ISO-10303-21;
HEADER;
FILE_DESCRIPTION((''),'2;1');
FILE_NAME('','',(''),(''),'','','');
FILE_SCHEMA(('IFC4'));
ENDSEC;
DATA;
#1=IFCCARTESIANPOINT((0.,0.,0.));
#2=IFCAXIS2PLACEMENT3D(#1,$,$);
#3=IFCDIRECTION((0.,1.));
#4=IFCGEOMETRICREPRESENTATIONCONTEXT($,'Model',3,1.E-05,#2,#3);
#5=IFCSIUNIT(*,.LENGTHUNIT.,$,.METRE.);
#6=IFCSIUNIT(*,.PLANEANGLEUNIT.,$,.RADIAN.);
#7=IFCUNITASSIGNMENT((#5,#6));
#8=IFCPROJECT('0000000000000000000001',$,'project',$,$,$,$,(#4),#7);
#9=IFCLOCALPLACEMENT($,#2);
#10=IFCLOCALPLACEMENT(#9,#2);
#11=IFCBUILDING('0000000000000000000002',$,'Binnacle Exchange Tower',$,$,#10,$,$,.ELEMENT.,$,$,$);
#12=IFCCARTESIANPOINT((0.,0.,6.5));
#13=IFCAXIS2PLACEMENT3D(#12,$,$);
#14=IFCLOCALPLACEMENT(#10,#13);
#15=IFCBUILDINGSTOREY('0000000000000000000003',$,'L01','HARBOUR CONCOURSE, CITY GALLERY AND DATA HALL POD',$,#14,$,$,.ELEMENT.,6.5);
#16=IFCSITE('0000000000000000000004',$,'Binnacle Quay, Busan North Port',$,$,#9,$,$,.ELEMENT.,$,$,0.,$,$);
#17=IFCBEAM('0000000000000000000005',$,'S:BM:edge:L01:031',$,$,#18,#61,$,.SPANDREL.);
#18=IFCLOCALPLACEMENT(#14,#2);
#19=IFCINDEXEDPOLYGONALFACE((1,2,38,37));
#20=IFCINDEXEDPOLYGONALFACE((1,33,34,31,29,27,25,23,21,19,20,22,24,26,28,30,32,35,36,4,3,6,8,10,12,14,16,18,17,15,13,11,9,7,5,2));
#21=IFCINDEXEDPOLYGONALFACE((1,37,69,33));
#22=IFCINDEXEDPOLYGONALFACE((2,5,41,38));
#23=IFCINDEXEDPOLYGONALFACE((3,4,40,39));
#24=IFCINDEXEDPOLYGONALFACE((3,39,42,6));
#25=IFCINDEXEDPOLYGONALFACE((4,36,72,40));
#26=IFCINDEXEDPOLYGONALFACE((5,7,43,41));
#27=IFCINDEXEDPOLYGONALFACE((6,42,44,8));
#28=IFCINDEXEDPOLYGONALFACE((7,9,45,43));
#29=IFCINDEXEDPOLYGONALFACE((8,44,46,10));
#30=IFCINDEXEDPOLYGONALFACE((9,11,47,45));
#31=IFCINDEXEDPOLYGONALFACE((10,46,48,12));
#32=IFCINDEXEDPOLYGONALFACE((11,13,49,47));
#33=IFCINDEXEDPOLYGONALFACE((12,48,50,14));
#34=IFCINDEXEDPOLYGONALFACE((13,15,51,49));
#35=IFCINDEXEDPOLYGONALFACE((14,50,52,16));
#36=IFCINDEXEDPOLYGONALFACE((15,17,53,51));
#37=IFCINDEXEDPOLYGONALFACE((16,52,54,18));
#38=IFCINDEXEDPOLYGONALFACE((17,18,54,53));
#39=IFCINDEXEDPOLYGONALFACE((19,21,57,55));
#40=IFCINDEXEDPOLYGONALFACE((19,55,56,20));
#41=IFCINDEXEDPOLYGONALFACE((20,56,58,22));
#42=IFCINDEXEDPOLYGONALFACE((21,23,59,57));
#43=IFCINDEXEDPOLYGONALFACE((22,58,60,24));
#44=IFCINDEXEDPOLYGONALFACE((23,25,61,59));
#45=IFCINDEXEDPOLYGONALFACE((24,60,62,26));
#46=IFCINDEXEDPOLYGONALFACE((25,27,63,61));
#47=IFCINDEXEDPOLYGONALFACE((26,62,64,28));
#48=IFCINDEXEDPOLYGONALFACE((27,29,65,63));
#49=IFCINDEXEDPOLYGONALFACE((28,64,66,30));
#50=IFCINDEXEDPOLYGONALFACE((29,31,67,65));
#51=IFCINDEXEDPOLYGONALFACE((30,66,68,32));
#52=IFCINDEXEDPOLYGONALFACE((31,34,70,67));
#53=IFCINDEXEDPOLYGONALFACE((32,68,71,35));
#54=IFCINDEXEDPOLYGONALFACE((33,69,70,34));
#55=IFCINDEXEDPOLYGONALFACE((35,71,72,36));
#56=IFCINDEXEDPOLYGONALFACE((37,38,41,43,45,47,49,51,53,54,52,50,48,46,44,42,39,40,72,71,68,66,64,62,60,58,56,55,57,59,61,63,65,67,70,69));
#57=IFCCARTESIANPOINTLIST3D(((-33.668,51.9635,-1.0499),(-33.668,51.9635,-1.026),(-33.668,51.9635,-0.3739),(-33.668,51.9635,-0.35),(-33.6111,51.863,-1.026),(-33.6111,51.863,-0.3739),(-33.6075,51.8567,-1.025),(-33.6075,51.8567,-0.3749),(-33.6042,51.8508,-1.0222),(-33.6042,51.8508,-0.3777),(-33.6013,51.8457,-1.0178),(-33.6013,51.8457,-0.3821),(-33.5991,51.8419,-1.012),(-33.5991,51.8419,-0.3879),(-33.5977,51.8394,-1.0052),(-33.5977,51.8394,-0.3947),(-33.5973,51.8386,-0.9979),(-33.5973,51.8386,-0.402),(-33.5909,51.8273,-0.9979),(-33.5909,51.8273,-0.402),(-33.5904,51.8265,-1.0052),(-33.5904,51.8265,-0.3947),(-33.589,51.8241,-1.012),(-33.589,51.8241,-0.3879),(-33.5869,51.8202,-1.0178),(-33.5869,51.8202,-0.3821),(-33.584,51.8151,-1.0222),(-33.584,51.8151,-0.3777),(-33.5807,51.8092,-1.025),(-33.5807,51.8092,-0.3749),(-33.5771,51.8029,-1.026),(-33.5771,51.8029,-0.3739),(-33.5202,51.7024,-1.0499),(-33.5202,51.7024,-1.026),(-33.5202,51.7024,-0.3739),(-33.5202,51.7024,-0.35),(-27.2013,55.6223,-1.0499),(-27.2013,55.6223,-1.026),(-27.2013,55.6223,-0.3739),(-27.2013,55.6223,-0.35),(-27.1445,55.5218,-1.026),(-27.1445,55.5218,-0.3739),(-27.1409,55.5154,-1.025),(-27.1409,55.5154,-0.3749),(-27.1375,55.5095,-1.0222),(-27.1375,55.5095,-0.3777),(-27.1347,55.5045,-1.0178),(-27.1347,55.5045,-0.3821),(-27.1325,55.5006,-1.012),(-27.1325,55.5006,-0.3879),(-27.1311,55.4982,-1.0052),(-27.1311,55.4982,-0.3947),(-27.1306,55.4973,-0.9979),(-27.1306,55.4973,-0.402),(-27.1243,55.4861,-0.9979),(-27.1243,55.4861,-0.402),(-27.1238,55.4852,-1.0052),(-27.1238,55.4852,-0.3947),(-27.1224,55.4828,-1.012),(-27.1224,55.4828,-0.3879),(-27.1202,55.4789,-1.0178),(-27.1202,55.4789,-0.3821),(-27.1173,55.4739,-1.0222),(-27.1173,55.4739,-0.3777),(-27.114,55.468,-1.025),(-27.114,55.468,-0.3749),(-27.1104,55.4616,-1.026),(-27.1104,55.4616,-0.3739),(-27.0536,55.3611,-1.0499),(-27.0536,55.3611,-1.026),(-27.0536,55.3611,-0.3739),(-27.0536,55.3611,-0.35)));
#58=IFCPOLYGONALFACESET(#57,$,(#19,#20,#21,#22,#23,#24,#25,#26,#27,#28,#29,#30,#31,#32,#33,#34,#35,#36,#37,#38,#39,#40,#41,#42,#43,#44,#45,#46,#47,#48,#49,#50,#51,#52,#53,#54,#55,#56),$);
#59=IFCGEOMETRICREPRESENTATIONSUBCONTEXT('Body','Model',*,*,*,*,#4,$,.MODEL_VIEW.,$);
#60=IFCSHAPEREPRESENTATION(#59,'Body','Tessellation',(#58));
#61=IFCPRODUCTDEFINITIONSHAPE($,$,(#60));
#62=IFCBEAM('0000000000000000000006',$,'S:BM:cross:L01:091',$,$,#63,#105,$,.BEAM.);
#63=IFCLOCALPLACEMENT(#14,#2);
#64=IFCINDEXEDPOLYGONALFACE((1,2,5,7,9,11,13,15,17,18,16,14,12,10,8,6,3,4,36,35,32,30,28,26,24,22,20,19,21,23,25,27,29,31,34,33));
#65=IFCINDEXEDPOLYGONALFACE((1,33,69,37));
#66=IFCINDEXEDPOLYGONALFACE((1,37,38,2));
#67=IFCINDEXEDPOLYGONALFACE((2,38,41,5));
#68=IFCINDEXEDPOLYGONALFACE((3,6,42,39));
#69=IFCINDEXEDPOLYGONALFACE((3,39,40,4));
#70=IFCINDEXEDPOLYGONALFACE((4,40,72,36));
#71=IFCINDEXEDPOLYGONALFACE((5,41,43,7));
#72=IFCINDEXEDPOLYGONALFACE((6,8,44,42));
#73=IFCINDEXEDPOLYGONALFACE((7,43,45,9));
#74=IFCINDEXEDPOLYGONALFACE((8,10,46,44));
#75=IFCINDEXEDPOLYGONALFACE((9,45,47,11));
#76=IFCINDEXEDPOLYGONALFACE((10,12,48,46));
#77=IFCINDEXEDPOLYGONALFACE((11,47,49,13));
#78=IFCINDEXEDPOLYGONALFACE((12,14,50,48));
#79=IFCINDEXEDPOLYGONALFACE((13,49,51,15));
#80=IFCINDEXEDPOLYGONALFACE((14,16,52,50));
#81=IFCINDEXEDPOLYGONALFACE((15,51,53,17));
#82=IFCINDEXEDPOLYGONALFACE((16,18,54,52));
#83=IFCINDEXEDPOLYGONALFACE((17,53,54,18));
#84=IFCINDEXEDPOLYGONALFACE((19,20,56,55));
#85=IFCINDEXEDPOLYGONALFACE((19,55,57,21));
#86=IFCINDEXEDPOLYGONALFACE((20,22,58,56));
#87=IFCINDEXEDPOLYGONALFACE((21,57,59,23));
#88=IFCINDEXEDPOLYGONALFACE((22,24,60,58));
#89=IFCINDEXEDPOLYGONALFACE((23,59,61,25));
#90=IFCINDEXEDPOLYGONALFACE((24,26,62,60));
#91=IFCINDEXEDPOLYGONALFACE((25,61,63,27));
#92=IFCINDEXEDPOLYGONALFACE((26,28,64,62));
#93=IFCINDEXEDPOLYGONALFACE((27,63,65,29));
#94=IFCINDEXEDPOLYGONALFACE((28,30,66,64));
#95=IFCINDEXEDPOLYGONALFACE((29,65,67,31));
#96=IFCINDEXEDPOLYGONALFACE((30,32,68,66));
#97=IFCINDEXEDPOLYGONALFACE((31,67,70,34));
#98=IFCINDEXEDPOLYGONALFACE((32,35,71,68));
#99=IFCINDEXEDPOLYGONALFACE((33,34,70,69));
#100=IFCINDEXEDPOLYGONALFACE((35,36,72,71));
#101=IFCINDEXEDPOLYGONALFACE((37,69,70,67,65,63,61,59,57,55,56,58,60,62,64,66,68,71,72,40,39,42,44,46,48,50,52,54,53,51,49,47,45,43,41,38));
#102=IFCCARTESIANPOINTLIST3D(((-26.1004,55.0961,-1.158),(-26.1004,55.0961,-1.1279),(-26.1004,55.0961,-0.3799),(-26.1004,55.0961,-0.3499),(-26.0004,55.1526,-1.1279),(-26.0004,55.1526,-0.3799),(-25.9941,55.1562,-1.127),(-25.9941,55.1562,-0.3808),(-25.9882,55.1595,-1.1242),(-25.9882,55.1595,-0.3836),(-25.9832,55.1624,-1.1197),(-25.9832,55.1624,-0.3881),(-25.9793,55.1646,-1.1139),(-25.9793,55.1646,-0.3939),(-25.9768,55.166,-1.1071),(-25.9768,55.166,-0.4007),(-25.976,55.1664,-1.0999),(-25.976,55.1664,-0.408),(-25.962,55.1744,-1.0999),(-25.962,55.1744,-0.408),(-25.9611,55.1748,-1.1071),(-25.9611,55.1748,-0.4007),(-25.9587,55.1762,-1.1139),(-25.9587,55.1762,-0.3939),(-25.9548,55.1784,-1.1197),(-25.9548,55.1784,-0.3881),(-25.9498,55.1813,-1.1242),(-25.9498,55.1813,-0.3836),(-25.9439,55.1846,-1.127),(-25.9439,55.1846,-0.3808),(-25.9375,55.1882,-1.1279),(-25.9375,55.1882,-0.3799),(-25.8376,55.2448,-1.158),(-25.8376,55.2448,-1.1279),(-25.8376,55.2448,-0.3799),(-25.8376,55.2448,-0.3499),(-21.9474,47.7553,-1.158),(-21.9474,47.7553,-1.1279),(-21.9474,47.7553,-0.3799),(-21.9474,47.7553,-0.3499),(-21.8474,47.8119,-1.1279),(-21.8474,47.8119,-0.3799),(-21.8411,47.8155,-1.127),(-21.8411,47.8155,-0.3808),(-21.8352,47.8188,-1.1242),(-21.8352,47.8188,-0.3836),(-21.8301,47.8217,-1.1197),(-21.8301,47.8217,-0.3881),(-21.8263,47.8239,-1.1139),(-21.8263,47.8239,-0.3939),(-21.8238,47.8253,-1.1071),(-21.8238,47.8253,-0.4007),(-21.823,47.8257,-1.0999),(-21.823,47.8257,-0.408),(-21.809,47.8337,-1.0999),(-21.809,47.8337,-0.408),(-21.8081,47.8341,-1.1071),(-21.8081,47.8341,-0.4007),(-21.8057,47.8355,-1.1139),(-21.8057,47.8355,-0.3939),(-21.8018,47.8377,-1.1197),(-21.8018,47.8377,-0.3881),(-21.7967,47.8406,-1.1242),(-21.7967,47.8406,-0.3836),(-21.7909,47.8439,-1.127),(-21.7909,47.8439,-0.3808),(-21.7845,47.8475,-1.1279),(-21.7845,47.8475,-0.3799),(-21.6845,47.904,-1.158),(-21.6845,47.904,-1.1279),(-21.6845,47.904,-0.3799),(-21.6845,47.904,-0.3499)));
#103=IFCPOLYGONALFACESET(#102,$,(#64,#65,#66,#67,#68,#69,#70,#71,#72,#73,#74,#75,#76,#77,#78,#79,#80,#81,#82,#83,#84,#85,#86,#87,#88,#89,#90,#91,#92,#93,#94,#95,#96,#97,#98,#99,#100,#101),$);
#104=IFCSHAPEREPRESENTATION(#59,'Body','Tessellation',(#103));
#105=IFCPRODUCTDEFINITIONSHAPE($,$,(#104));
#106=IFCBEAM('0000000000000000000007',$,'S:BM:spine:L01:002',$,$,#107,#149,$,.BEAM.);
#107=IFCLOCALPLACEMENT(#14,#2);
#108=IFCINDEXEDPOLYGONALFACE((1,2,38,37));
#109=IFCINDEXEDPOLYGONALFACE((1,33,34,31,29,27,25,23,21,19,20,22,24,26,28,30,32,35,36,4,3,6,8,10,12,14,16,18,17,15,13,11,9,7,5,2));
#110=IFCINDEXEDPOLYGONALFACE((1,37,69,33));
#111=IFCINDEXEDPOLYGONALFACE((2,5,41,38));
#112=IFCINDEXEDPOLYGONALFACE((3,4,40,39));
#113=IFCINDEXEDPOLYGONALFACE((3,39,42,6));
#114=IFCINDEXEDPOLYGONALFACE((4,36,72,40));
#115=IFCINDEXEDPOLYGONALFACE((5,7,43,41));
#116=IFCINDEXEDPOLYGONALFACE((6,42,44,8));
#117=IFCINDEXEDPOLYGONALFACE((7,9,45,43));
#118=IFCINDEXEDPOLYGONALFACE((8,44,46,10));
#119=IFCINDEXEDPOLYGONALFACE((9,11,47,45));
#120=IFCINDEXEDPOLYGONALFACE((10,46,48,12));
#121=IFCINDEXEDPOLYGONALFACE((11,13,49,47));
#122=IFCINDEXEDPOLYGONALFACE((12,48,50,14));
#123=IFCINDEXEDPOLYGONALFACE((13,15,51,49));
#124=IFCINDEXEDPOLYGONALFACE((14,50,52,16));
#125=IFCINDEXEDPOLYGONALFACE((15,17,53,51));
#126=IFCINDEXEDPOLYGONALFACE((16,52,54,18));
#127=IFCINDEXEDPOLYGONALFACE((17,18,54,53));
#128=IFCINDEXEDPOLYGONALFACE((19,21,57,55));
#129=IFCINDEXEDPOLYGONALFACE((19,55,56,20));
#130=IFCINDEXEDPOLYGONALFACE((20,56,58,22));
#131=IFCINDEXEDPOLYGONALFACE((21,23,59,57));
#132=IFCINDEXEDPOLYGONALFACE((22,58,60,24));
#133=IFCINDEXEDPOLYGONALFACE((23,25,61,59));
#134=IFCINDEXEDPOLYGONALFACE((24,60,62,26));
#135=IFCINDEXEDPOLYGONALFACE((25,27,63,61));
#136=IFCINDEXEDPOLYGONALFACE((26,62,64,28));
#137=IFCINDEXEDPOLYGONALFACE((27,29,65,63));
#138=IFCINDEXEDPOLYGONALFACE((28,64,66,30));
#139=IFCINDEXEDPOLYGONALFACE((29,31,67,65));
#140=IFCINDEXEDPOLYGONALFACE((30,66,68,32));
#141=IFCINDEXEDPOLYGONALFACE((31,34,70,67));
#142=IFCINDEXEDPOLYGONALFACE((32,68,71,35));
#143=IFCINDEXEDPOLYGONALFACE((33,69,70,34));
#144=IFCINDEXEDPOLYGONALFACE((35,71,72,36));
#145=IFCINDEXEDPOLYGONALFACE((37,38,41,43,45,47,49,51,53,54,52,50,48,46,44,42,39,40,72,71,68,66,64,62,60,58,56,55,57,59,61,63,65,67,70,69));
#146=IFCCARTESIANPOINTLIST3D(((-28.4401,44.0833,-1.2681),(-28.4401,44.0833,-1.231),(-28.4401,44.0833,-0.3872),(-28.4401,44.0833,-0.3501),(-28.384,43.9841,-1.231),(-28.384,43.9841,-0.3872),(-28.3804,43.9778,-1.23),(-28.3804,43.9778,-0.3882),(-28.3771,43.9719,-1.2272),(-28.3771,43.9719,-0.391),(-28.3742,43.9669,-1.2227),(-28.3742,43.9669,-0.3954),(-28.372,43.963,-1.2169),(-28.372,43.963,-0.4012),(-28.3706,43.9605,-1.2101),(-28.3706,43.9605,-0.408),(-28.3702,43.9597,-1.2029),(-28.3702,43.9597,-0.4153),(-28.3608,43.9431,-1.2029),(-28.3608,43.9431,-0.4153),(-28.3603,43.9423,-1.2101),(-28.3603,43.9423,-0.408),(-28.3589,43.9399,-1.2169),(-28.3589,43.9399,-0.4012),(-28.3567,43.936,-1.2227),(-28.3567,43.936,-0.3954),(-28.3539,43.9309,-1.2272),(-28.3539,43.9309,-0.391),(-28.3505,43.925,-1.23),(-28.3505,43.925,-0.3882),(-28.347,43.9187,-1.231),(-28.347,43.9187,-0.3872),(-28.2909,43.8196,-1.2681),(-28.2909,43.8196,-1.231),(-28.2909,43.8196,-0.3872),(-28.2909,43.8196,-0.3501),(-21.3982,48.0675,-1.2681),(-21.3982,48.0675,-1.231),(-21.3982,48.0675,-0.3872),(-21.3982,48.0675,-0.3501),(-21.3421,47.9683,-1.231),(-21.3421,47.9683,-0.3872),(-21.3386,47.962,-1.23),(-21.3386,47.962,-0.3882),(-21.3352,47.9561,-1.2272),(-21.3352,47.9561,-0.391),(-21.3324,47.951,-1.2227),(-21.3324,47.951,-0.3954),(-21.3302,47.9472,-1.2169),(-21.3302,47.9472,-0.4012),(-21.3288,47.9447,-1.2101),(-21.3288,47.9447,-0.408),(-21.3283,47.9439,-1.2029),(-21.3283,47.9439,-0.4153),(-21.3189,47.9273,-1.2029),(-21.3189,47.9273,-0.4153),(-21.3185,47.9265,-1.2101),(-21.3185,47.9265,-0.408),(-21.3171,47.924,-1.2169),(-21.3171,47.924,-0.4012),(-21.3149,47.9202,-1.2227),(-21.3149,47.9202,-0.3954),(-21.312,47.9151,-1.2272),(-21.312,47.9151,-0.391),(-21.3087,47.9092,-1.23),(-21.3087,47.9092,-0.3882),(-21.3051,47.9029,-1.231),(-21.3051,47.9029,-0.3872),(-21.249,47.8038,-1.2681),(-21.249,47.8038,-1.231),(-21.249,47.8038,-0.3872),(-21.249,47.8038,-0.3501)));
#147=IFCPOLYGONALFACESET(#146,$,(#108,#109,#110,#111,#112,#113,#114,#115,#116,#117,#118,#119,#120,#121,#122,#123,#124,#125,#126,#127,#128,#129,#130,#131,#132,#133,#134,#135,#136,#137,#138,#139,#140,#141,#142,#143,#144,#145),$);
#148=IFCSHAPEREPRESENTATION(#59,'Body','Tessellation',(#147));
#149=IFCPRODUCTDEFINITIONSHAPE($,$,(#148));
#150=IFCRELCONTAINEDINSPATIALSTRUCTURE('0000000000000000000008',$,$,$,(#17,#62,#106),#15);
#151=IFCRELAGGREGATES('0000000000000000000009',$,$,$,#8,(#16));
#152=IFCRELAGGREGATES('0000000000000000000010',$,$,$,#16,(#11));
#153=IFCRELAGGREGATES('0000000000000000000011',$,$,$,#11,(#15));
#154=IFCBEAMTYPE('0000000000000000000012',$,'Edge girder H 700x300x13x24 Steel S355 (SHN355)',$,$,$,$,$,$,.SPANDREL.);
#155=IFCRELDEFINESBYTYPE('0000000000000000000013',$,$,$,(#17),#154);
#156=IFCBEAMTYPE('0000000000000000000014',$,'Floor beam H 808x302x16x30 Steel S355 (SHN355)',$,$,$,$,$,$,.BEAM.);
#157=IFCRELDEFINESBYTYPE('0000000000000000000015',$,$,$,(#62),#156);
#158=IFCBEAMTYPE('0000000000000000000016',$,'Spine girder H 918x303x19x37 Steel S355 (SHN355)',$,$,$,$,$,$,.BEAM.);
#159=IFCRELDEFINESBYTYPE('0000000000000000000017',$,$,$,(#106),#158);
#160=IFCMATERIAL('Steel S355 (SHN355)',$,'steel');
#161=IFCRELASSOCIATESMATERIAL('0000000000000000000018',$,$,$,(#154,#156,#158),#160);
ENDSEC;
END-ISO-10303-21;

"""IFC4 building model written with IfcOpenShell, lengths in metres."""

from ifc_helpers import new_model, si_unit, direction, frame, origin, origin_2d, place, context, subcontext, project, spatial, i_section, extrude, material, material_profile, profile_set, type_object, element, save


model = new_model("IFC4")

# Units and contexts
model_context = context("Model", 3, precision=1e-05, world=origin(), true_north=direction((0.0, 1.0)))
body_context = subcontext(model_context, "Body", "Model", "MODEL_VIEW")
ifc_project = project(units=[si_unit("LENGTHUNIT", "METRE"), si_unit("PLANEANGLEUNIT", "RADIAN")], contexts=[model_context])

# Site, building, storey
site_placement = place(None, origin())
site = spatial("IfcSite", under=ifc_project, at=site_placement, Name="Binnacle Quay, Busan North Port", CompositionType="ELEMENT", RefElevation=0.0)
building_placement = place(site_placement, origin())
building = spatial("IfcBuilding", under=site, at=building_placement, Name="Binnacle Exchange Tower", CompositionType="ELEMENT")
storey_placement = place(building_placement, frame((0.0, 0.0, 6.5)))
storey = spatial("IfcBuildingStorey", under=building, at=storey_placement, Name="L01", Description="HARBOUR CONCOURSE, CITY GALLERY AND DATA HALL POD", CompositionType="ELEMENT", Elevation=6.5)

# Beams
ifc_material_1 = material(Name="Steel S355 (SHN355)", Category="steel")
ifc_material_profile_1 = material_profile(ifc_material_1, i_section(OverallWidth=0.3, OverallDepth=0.7, WebThickness=0.0129, FlangeThickness=0.0239, FilletRadius=0.0281, at=origin_2d()), Name="H 700x300x13x24")
ifc_profile_set_1 = profile_set([ifc_material_profile_1], Name="Steel S355 (SHN355)")
beam_type_1 = type_object("IfcBeamType", Name="Edge girder H 700x300x13x24 Steel S355 (SHN355)", PredefinedType="SPANDREL", material=ifc_profile_set_1)
beam_1_placement = place(storey_placement, frame((-27.1274, 55.4917, -0.7), z_axis=(-0.87035, -0.492433, 0.0), x_axis=(0.492433, -0.87035, 0.0)))
element("IfcBeam", 1, at=beam_1_placement, inside=storey, type_object=beam_type_1, Name="S:BM:edge:L01:031", PredefinedType="SPANDREL", context=body_context, shape_type="SweptSolid", body=[
    extrude(i_section(OverallWidth=0.3, OverallDepth=0.7, WebThickness=0.0129, FlangeThickness=0.0239, FilletRadius=0.0281, at=origin_2d()), origin(), (0.0, 0.0, 1.0), 7.4299),
])
ifc_material_profile_2 = material_profile(ifc_material_1, i_section(OverallWidth=0.302, OverallDepth=0.8081, WebThickness=0.0161, FlangeThickness=0.03, FilletRadius=0.0281, at=origin_2d()), Name="H 808x302x16x30")
ifc_profile_set_2 = profile_set([ifc_material_profile_2], Name="Steel S355 (SHN355)")
beam_type_2 = type_object("IfcBeamType", Name="Floor beam H 808x302x16x30 Steel S355 (SHN355)", PredefinedType="BEAM", material=ifc_profile_set_2)
beam_2_placement = place(storey_placement, frame((-25.969, 55.1704, -0.7539), z_axis=(0.492409, -0.870364, 0.0), x_axis=(0.870364, 0.492409, 0.0)))
element("IfcBeam", 2, at=beam_2_placement, inside=storey, type_object=beam_type_2, Name="S:BM:cross:L01:091", PredefinedType="BEAM", context=body_context, shape_type="SweptSolid", body=[
    extrude(i_section(OverallWidth=0.302, OverallDepth=0.8081, WebThickness=0.0161, FlangeThickness=0.03, FilletRadius=0.0281, at=origin_2d()), origin(), (0.0, 0.0, 1.0), 8.4341),
])
ifc_material_profile_3 = material_profile(ifc_material_1, i_section(OverallWidth=0.303, OverallDepth=0.918, WebThickness=0.019, FlangeThickness=0.0371, FilletRadius=0.0281, at=origin_2d()), Name="H 918x303x19x37")
ifc_profile_set_3 = profile_set([ifc_material_profile_3], Name="Steel S355 (SHN355)")
beam_type_3 = type_object("IfcBeamType", Name="Spine girder H 918x303x19x37 Steel S355 (SHN355)", PredefinedType="BEAM", material=ifc_profile_set_3)
beam_3_placement = place(storey_placement, frame((-28.3655, 43.9514, -0.8091), z_axis=(0.87035, 0.492433, 0.0), x_axis=(-0.492433, 0.87035, 0.0)))
element("IfcBeam", 3, at=beam_3_placement, inside=storey, type_object=beam_type_3, Name="S:BM:spine:L01:002", PredefinedType="BEAM", context=body_context, shape_type="SweptSolid", body=[
    extrude(i_section(OverallWidth=0.303, OverallDepth=0.918, WebThickness=0.019, FlangeThickness=0.0371, FilletRadius=0.0281, at=origin_2d()), origin(), (0.0, 0.0, 1.0), 8.0908),
])

save(model, "model.ifc")
